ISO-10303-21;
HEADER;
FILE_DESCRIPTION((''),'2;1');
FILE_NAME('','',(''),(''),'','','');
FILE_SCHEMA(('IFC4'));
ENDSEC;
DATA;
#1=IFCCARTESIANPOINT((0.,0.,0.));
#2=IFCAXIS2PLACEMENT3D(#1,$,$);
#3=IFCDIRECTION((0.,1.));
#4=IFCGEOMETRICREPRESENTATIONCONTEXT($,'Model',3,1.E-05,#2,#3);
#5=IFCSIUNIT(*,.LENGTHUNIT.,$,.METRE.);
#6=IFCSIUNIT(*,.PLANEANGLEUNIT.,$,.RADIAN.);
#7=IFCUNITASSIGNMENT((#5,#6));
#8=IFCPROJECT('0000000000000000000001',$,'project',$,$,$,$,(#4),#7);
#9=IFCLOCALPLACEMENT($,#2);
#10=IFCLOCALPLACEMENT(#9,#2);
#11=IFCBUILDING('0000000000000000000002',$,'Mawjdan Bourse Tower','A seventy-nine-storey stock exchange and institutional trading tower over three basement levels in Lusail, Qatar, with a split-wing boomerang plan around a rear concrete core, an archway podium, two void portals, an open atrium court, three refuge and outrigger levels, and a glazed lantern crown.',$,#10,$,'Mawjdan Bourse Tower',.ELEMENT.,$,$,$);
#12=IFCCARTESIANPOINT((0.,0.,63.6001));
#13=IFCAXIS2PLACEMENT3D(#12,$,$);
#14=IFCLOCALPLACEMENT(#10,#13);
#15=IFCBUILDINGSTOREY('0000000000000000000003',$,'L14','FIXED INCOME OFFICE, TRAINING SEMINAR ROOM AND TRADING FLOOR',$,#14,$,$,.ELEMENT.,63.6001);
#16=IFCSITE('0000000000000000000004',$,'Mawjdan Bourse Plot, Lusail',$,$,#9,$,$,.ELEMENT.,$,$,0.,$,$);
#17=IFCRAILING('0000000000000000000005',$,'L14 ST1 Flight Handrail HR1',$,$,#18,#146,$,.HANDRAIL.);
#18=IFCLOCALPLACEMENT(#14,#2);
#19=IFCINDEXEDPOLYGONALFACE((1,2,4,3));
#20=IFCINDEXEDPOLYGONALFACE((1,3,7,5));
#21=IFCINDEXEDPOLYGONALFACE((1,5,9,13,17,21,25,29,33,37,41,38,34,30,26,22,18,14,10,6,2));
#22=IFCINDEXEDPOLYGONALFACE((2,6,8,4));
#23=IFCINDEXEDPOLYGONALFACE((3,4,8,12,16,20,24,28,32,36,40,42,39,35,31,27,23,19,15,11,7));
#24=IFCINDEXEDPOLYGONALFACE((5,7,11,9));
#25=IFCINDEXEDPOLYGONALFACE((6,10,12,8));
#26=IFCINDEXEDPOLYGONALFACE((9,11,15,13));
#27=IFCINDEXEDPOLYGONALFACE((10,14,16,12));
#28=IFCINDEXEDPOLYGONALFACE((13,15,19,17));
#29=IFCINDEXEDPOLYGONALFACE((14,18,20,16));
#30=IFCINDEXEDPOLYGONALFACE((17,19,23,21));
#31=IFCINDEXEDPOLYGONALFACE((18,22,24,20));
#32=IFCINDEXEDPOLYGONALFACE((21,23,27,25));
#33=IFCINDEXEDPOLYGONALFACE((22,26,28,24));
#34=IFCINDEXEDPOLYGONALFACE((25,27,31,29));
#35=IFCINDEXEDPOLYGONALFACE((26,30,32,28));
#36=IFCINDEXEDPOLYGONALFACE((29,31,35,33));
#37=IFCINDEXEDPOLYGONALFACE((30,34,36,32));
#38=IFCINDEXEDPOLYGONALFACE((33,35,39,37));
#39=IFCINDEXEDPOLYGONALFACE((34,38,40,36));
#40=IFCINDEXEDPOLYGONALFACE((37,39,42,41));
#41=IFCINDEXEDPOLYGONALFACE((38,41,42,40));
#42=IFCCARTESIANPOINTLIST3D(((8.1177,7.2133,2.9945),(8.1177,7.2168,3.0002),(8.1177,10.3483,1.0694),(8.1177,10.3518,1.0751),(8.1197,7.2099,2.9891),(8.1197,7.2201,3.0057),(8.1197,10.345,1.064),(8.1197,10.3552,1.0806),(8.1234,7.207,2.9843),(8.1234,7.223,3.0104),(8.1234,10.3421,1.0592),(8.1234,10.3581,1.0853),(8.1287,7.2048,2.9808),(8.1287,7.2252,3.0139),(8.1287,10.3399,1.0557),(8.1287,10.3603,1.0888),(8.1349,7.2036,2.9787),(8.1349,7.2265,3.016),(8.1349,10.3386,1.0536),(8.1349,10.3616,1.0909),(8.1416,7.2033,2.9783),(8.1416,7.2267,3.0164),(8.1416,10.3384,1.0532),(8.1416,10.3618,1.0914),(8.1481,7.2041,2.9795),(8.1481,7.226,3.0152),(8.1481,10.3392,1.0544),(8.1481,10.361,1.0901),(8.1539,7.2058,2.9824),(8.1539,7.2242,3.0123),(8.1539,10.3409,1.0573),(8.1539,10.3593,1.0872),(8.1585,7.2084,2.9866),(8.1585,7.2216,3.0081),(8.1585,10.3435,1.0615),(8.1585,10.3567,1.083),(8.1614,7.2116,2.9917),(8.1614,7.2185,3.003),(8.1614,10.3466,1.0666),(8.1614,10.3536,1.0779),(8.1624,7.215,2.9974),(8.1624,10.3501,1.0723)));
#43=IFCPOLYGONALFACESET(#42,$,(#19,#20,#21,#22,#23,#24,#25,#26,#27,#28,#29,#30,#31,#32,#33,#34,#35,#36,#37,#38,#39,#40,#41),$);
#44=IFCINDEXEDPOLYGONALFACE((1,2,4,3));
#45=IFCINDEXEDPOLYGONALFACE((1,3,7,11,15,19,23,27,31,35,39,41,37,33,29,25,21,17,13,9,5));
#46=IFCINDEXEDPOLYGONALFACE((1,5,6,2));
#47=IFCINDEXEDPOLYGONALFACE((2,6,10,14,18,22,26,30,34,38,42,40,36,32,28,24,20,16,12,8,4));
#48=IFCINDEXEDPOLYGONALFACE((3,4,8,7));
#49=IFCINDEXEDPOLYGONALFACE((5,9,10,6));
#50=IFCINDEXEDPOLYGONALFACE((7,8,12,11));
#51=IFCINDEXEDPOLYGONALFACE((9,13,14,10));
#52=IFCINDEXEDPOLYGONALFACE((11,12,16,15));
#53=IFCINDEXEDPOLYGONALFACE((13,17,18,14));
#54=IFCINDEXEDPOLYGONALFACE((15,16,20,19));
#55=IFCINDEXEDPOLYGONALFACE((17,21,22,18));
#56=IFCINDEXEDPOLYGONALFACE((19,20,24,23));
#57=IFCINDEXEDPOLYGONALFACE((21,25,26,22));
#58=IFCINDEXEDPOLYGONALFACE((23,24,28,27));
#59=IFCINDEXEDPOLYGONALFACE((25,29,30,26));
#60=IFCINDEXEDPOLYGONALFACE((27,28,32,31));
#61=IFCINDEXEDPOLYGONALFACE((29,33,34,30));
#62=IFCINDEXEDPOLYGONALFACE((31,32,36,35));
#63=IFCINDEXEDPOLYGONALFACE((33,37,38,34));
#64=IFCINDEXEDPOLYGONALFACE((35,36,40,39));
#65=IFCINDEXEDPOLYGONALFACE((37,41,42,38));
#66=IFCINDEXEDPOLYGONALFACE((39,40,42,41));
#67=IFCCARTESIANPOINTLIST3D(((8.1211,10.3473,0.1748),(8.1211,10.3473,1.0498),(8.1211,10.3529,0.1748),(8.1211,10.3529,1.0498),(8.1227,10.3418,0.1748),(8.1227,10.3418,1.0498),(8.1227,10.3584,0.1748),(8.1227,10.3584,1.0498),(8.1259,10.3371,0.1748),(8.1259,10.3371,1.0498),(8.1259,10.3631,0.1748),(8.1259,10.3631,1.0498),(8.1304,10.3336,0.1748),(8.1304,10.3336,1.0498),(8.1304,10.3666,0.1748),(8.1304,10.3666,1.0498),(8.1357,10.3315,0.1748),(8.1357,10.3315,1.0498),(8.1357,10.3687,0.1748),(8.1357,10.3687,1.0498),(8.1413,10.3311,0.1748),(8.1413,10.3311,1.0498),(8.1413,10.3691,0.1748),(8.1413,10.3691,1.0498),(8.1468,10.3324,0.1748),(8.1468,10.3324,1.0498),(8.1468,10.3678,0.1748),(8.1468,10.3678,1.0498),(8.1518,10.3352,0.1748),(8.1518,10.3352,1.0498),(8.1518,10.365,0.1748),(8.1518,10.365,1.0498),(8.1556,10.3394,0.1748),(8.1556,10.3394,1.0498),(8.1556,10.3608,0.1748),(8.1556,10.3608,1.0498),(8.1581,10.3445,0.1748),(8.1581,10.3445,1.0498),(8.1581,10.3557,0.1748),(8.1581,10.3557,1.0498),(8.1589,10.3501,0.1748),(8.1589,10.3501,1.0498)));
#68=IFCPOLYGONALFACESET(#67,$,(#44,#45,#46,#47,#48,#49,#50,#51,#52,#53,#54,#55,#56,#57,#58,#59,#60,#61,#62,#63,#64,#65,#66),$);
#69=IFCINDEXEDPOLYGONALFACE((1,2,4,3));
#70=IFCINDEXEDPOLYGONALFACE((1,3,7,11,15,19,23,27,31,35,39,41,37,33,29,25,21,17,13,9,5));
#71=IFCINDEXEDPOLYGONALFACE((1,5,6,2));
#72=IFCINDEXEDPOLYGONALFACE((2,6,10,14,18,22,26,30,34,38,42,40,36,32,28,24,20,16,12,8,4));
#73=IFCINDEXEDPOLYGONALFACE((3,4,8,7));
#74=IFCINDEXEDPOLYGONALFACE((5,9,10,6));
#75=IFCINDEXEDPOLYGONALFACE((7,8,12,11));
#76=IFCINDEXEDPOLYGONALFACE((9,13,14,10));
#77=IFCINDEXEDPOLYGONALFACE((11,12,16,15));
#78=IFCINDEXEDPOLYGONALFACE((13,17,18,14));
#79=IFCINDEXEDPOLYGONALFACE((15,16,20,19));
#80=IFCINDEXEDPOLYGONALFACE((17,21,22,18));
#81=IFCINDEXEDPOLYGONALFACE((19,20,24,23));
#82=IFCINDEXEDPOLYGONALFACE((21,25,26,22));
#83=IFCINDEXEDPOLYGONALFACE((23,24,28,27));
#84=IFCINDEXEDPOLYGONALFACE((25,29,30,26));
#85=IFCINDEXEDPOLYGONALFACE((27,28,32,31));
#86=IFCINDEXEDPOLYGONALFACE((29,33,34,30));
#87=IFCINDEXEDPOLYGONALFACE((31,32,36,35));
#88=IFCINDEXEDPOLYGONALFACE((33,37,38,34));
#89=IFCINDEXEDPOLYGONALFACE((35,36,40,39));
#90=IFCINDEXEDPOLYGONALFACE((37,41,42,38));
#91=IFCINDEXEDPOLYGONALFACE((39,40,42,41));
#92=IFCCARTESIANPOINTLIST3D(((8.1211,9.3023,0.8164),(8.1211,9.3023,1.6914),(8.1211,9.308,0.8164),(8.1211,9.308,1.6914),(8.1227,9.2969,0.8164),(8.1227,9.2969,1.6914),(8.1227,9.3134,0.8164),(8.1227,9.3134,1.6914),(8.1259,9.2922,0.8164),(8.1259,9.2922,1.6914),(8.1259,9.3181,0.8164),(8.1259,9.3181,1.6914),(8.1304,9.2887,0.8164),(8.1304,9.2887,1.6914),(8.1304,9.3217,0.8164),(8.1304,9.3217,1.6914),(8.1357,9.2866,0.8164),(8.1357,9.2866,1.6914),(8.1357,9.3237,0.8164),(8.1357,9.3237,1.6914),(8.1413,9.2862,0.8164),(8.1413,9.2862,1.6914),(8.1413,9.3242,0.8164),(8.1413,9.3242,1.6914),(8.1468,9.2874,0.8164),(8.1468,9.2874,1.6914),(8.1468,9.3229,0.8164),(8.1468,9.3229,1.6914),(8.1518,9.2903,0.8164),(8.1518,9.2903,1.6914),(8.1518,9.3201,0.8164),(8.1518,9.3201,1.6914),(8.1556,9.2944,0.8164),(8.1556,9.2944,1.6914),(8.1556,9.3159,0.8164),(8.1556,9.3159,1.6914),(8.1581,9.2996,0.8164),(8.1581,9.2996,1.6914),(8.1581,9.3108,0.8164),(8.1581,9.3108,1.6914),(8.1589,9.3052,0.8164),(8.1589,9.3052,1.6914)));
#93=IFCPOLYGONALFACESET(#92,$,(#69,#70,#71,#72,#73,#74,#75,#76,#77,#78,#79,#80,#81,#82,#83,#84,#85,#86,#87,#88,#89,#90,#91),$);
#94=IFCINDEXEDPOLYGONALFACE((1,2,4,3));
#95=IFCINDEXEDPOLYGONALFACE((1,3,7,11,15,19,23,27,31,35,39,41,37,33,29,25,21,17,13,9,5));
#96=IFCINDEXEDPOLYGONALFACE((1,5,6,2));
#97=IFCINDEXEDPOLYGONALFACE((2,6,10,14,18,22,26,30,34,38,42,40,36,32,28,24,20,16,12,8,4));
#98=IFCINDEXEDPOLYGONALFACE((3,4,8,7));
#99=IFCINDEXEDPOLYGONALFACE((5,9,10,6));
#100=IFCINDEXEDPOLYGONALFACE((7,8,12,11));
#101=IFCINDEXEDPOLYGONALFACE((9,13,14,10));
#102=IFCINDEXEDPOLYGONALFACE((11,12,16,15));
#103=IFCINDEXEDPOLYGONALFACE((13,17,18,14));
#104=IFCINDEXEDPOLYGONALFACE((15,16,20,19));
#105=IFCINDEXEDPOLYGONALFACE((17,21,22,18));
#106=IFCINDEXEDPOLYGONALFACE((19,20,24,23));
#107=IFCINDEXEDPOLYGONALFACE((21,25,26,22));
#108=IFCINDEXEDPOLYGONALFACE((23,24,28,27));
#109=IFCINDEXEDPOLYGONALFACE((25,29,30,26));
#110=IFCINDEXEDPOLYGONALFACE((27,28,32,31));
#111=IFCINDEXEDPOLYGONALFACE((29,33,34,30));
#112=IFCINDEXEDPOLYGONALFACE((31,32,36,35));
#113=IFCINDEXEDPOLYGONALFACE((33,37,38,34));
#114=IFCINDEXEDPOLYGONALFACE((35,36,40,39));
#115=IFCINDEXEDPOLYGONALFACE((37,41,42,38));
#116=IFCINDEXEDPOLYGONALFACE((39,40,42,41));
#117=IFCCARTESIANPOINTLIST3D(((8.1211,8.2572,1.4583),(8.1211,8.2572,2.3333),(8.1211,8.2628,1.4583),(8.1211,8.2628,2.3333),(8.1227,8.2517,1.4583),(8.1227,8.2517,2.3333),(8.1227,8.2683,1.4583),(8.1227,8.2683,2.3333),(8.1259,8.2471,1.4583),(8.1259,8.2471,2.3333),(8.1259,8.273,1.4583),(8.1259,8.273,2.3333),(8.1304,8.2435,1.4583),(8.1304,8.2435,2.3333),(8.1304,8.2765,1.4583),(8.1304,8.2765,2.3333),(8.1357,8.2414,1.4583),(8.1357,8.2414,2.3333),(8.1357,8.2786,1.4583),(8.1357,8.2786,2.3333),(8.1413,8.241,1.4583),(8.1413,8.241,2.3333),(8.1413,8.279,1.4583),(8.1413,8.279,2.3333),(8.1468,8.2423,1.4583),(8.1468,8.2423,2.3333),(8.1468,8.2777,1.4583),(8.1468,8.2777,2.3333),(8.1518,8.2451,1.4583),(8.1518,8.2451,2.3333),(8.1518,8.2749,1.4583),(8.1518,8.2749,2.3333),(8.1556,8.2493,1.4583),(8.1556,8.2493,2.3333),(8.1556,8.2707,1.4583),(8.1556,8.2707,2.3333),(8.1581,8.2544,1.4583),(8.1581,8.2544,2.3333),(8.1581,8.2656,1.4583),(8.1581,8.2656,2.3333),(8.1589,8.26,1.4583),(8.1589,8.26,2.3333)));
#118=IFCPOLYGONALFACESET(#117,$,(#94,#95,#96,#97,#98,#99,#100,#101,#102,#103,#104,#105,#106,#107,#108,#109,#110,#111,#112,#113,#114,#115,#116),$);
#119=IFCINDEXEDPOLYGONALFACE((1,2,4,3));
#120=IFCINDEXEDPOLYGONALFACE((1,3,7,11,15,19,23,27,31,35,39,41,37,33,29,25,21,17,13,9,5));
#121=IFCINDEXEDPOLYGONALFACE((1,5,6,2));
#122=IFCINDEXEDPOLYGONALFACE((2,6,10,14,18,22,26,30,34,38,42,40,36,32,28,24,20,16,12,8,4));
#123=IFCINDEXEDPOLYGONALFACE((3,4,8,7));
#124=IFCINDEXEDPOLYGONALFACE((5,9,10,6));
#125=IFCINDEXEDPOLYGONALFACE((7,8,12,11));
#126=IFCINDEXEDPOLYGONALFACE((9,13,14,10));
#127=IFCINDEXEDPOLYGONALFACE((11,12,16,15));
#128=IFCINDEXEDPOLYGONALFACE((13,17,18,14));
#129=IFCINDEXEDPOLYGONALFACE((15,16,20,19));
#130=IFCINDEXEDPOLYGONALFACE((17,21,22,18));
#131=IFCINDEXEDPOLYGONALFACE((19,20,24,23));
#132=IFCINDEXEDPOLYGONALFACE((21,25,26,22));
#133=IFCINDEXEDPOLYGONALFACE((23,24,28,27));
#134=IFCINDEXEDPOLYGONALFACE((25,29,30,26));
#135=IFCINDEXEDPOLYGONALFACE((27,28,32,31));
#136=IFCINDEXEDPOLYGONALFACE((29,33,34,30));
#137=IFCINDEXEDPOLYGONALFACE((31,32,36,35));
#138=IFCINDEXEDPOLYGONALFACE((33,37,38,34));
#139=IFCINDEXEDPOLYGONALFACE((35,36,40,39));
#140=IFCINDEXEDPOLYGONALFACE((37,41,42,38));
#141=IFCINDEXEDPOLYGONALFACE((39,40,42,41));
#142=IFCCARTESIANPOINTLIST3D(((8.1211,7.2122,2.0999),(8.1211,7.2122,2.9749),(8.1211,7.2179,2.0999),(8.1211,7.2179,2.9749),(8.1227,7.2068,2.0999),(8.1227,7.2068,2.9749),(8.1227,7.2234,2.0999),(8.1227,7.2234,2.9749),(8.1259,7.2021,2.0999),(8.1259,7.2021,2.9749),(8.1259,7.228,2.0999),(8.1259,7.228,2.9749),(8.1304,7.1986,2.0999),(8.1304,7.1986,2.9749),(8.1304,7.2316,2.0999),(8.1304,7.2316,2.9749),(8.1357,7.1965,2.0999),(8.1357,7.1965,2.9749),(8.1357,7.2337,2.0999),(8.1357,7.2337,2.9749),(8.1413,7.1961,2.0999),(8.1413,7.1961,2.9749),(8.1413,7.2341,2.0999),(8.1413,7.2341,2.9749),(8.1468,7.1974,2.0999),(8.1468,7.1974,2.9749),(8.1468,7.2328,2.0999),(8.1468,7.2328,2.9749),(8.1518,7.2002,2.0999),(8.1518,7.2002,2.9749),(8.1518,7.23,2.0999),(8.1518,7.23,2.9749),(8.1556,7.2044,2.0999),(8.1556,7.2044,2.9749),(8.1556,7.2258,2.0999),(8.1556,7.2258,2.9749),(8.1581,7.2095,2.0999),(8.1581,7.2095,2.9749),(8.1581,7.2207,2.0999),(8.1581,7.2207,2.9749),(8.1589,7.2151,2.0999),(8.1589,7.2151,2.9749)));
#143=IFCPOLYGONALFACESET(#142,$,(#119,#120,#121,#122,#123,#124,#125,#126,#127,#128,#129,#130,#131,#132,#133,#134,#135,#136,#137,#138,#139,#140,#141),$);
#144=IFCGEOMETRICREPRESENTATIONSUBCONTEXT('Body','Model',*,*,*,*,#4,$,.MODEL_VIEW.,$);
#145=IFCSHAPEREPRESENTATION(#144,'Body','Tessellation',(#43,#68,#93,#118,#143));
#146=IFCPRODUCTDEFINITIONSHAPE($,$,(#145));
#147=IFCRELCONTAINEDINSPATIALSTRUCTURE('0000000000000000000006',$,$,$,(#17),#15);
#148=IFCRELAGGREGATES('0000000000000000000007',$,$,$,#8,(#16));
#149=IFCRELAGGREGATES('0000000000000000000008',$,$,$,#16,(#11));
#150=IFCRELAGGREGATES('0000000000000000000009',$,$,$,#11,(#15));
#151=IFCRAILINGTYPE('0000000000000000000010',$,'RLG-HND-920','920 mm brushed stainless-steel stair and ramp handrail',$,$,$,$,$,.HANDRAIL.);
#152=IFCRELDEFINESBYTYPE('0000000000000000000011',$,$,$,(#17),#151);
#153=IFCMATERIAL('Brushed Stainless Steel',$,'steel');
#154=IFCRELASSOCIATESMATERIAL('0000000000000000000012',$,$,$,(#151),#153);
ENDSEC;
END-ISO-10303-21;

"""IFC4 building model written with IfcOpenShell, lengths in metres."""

from ifc_helpers import new_model, si_unit, direction, frame, origin, origin_2d, place, context, subcontext, project, spatial, circle, extrude, material, type_object, element, save


model = new_model("IFC4")

# Units and contexts
model_context = context("Model", 3, precision=1e-05, world=origin(), true_north=direction((0.0, 1.0)))
body_context = subcontext(model_context, "Body", "Model", "MODEL_VIEW")
ifc_project = project(units=[si_unit("LENGTHUNIT", "METRE"), si_unit("PLANEANGLEUNIT", "RADIAN")], contexts=[model_context])

# Site, building, storey
site_placement = place(None, origin())
site = spatial("IfcSite", under=ifc_project, at=site_placement, Name="Mawjdan Bourse Plot, Lusail", CompositionType="ELEMENT", RefElevation=0.0)
building_placement = place(site_placement, origin())
building = spatial("IfcBuilding", under=site, at=building_placement, Name="Mawjdan Bourse Tower", Description="A seventy-nine-storey stock exchange and institutional trading tower over three basement levels in Lusail, Qatar, with a split-wing boomerang plan around a rear concrete core, an archway podium, two void portals, an open atrium court, three refuge and outrigger levels, and a glazed lantern crown.", LongName="Mawjdan Bourse Tower", CompositionType="ELEMENT")
storey_placement = place(building_placement, frame((0.0, 0.0, 63.6001)))
storey = spatial("IfcBuildingStorey", under=building, at=storey_placement, Name="L14", Description="FIXED INCOME OFFICE, TRAINING SEMINAR ROOM AND TRADING FLOOR", CompositionType="ELEMENT", Elevation=63.6001)

# Railing
ifc_material_1 = material(Name="Brushed Stainless Steel", Category="steel")
railing_type_1 = type_object("IfcRailingType", Name="RLG-HND-920", Description="920 mm brushed stainless-steel stair and ramp handrail", PredefinedType="HANDRAIL", material=ifc_material_1)
railing_1_placement = place(storey_placement, frame((8.1399, 10.3501, 0.1748)))
element("IfcRailing", 1, at=railing_1_placement, inside=storey, type_object=railing_type_1, Name="L14 ST1 Flight Handrail HR1", PredefinedType="HANDRAIL", context=body_context, shape_type="SweptSolid", body=[
    extrude(circle(Radius=0.0225, at=origin_2d()), frame((0.0, 0.0, 0.8975), z_axis=(0.0, -0.852166, 0.523271), x_axis=(1.0, 0.0, 0.0)), (0.0, 0.0, 1.0), 3.679),
    extrude(circle(Radius=0.019, at=origin_2d()), origin(), (0.0, 0.0, 1.0), 0.875),
    extrude(circle(Radius=0.019, at=origin_2d()), frame((0.0, -1.0449, 0.6416)), (0.0, 0.0, 1.0), 0.875),
    extrude(circle(Radius=0.019, at=origin_2d()), frame((0.0, -2.0901, 1.2834)), (0.0, 0.0, 1.0), 0.875),
    extrude(circle(Radius=0.019, at=origin_2d()), frame((0.0, -3.135, 1.925)), (0.0, 0.0, 1.0), 0.875),
])

save(model, "model.ifc")
